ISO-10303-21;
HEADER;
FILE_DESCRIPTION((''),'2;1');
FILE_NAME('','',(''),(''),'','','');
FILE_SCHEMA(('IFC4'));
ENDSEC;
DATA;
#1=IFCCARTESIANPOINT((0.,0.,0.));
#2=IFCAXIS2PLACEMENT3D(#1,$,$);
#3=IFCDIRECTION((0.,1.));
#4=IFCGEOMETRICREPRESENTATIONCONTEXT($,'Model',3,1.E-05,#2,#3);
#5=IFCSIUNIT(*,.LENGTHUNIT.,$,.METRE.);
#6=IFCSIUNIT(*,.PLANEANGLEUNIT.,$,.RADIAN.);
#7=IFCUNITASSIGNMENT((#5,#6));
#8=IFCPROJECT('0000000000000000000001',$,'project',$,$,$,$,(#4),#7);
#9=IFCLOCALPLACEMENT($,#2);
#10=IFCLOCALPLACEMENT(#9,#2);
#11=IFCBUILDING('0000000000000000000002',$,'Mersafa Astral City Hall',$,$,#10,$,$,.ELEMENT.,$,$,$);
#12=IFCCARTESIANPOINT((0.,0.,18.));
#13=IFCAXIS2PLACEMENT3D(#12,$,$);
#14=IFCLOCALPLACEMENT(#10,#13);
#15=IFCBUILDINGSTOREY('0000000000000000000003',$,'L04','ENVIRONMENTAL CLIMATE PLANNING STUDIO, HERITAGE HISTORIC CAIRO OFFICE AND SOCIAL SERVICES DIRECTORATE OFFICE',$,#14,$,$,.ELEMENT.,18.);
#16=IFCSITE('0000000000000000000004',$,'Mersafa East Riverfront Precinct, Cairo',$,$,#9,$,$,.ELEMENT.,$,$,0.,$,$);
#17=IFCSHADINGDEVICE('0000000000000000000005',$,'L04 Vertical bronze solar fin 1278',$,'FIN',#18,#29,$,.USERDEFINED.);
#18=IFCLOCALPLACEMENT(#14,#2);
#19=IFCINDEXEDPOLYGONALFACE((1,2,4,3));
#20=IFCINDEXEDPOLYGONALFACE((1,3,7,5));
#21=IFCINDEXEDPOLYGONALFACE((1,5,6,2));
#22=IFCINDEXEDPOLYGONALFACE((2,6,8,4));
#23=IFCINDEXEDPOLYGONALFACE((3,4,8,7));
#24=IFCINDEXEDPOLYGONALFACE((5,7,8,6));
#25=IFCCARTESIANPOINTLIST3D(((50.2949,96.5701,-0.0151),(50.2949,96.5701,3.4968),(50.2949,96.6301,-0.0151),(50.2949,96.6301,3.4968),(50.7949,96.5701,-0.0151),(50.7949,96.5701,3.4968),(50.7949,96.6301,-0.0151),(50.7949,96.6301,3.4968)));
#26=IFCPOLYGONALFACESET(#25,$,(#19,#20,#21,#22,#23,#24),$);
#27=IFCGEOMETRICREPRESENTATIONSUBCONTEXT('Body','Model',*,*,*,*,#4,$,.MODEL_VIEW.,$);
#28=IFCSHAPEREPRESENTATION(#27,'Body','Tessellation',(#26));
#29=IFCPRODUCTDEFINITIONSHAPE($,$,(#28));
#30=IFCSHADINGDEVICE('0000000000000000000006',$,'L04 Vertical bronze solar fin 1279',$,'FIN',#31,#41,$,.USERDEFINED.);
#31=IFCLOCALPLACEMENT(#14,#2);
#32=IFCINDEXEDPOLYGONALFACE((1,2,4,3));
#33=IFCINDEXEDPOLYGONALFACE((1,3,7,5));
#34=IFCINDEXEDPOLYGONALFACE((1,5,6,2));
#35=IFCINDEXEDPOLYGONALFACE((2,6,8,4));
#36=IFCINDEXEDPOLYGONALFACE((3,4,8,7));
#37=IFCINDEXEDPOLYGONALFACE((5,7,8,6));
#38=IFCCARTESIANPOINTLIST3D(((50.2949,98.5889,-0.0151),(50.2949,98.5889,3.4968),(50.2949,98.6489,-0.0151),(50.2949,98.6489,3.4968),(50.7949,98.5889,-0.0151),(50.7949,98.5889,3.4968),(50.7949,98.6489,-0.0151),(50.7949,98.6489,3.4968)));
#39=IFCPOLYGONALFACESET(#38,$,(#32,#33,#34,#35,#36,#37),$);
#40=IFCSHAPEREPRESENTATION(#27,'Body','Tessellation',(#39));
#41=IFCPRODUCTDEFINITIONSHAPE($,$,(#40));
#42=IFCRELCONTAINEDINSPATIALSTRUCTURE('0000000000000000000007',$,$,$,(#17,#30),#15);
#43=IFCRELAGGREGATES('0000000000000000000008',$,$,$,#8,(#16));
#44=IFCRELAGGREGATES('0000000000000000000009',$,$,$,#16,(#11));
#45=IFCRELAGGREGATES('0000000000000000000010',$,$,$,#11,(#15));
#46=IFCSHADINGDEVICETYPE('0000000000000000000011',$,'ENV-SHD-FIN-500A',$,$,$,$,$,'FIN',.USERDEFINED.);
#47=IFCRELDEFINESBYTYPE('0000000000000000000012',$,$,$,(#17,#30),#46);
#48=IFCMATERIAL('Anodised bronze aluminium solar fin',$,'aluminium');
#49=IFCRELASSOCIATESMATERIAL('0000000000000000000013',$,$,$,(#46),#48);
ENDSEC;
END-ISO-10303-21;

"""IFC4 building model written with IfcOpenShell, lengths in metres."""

from ifc_helpers import new_model, si_unit, direction, frame, origin, origin_2d, place, context, subcontext, project, spatial, rectangle, extrude, material, type_object, element, save


model = new_model("IFC4")

# Units and contexts
model_context = context("Model", 3, precision=1e-05, world=origin(), true_north=direction((0.0, 1.0)))
body_context = subcontext(model_context, "Body", "Model", "MODEL_VIEW")
ifc_project = project(units=[si_unit("LENGTHUNIT", "METRE"), si_unit("PLANEANGLEUNIT", "RADIAN")], contexts=[model_context])

# Site, building, storey
site_placement = place(None, origin())
site = spatial("IfcSite", under=ifc_project, at=site_placement, Name="Mersafa East Riverfront Precinct, Cairo", CompositionType="ELEMENT", RefElevation=0.0)
building_placement = place(site_placement, origin())
building = spatial("IfcBuilding", under=site, at=building_placement, Name="Mersafa Astral City Hall", CompositionType="ELEMENT")
storey_placement = place(building_placement, frame((0.0, 0.0, 18.0)))
storey = spatial("IfcBuildingStorey", under=building, at=storey_placement, Name="L04", Description="ENVIRONMENTAL CLIMATE PLANNING STUDIO, HERITAGE HISTORIC CAIRO OFFICE AND SOCIAL SERVICES DIRECTORATE OFFICE", CompositionType="ELEMENT", Elevation=18.0)

# Shading devices
ifc_material_1 = material(Name="Anodised bronze aluminium solar fin", Category="aluminium")
shading_device_type = type_object("IfcShadingDeviceType", Name="ENV-SHD-FIN-500A", ElementType="FIN", PredefinedType="USERDEFINED", material=ifc_material_1)
for number, where, z_axis, x_axis, name in (
    (1, (50.5449, 96.6001, -0.0151), (0.0, 0.0, 1.0), (0.0, 1.0, 0.0), "L04 Vertical bronze solar fin 1278"),
    (2, (50.5449, 98.6189, -0.0151), (0.0, 0.0, 1.0), (0.0, 1.0, 0.0), "L04 Vertical bronze solar fin 1279"),
):
    element("IfcShadingDevice", number, at=place(storey_placement, frame(where, z_axis=z_axis, x_axis=x_axis)), inside=storey, type_object=shading_device_type, Name=name, ObjectType="FIN", PredefinedType="USERDEFINED", context=body_context, shape_type="SweptSolid", body=[
        extrude(rectangle(XDim=0.0601, YDim=0.5, at=origin_2d()), origin(), (0.0, 0.0, 1.0), 3.512),
    ])

save(model, "model.ifc")
